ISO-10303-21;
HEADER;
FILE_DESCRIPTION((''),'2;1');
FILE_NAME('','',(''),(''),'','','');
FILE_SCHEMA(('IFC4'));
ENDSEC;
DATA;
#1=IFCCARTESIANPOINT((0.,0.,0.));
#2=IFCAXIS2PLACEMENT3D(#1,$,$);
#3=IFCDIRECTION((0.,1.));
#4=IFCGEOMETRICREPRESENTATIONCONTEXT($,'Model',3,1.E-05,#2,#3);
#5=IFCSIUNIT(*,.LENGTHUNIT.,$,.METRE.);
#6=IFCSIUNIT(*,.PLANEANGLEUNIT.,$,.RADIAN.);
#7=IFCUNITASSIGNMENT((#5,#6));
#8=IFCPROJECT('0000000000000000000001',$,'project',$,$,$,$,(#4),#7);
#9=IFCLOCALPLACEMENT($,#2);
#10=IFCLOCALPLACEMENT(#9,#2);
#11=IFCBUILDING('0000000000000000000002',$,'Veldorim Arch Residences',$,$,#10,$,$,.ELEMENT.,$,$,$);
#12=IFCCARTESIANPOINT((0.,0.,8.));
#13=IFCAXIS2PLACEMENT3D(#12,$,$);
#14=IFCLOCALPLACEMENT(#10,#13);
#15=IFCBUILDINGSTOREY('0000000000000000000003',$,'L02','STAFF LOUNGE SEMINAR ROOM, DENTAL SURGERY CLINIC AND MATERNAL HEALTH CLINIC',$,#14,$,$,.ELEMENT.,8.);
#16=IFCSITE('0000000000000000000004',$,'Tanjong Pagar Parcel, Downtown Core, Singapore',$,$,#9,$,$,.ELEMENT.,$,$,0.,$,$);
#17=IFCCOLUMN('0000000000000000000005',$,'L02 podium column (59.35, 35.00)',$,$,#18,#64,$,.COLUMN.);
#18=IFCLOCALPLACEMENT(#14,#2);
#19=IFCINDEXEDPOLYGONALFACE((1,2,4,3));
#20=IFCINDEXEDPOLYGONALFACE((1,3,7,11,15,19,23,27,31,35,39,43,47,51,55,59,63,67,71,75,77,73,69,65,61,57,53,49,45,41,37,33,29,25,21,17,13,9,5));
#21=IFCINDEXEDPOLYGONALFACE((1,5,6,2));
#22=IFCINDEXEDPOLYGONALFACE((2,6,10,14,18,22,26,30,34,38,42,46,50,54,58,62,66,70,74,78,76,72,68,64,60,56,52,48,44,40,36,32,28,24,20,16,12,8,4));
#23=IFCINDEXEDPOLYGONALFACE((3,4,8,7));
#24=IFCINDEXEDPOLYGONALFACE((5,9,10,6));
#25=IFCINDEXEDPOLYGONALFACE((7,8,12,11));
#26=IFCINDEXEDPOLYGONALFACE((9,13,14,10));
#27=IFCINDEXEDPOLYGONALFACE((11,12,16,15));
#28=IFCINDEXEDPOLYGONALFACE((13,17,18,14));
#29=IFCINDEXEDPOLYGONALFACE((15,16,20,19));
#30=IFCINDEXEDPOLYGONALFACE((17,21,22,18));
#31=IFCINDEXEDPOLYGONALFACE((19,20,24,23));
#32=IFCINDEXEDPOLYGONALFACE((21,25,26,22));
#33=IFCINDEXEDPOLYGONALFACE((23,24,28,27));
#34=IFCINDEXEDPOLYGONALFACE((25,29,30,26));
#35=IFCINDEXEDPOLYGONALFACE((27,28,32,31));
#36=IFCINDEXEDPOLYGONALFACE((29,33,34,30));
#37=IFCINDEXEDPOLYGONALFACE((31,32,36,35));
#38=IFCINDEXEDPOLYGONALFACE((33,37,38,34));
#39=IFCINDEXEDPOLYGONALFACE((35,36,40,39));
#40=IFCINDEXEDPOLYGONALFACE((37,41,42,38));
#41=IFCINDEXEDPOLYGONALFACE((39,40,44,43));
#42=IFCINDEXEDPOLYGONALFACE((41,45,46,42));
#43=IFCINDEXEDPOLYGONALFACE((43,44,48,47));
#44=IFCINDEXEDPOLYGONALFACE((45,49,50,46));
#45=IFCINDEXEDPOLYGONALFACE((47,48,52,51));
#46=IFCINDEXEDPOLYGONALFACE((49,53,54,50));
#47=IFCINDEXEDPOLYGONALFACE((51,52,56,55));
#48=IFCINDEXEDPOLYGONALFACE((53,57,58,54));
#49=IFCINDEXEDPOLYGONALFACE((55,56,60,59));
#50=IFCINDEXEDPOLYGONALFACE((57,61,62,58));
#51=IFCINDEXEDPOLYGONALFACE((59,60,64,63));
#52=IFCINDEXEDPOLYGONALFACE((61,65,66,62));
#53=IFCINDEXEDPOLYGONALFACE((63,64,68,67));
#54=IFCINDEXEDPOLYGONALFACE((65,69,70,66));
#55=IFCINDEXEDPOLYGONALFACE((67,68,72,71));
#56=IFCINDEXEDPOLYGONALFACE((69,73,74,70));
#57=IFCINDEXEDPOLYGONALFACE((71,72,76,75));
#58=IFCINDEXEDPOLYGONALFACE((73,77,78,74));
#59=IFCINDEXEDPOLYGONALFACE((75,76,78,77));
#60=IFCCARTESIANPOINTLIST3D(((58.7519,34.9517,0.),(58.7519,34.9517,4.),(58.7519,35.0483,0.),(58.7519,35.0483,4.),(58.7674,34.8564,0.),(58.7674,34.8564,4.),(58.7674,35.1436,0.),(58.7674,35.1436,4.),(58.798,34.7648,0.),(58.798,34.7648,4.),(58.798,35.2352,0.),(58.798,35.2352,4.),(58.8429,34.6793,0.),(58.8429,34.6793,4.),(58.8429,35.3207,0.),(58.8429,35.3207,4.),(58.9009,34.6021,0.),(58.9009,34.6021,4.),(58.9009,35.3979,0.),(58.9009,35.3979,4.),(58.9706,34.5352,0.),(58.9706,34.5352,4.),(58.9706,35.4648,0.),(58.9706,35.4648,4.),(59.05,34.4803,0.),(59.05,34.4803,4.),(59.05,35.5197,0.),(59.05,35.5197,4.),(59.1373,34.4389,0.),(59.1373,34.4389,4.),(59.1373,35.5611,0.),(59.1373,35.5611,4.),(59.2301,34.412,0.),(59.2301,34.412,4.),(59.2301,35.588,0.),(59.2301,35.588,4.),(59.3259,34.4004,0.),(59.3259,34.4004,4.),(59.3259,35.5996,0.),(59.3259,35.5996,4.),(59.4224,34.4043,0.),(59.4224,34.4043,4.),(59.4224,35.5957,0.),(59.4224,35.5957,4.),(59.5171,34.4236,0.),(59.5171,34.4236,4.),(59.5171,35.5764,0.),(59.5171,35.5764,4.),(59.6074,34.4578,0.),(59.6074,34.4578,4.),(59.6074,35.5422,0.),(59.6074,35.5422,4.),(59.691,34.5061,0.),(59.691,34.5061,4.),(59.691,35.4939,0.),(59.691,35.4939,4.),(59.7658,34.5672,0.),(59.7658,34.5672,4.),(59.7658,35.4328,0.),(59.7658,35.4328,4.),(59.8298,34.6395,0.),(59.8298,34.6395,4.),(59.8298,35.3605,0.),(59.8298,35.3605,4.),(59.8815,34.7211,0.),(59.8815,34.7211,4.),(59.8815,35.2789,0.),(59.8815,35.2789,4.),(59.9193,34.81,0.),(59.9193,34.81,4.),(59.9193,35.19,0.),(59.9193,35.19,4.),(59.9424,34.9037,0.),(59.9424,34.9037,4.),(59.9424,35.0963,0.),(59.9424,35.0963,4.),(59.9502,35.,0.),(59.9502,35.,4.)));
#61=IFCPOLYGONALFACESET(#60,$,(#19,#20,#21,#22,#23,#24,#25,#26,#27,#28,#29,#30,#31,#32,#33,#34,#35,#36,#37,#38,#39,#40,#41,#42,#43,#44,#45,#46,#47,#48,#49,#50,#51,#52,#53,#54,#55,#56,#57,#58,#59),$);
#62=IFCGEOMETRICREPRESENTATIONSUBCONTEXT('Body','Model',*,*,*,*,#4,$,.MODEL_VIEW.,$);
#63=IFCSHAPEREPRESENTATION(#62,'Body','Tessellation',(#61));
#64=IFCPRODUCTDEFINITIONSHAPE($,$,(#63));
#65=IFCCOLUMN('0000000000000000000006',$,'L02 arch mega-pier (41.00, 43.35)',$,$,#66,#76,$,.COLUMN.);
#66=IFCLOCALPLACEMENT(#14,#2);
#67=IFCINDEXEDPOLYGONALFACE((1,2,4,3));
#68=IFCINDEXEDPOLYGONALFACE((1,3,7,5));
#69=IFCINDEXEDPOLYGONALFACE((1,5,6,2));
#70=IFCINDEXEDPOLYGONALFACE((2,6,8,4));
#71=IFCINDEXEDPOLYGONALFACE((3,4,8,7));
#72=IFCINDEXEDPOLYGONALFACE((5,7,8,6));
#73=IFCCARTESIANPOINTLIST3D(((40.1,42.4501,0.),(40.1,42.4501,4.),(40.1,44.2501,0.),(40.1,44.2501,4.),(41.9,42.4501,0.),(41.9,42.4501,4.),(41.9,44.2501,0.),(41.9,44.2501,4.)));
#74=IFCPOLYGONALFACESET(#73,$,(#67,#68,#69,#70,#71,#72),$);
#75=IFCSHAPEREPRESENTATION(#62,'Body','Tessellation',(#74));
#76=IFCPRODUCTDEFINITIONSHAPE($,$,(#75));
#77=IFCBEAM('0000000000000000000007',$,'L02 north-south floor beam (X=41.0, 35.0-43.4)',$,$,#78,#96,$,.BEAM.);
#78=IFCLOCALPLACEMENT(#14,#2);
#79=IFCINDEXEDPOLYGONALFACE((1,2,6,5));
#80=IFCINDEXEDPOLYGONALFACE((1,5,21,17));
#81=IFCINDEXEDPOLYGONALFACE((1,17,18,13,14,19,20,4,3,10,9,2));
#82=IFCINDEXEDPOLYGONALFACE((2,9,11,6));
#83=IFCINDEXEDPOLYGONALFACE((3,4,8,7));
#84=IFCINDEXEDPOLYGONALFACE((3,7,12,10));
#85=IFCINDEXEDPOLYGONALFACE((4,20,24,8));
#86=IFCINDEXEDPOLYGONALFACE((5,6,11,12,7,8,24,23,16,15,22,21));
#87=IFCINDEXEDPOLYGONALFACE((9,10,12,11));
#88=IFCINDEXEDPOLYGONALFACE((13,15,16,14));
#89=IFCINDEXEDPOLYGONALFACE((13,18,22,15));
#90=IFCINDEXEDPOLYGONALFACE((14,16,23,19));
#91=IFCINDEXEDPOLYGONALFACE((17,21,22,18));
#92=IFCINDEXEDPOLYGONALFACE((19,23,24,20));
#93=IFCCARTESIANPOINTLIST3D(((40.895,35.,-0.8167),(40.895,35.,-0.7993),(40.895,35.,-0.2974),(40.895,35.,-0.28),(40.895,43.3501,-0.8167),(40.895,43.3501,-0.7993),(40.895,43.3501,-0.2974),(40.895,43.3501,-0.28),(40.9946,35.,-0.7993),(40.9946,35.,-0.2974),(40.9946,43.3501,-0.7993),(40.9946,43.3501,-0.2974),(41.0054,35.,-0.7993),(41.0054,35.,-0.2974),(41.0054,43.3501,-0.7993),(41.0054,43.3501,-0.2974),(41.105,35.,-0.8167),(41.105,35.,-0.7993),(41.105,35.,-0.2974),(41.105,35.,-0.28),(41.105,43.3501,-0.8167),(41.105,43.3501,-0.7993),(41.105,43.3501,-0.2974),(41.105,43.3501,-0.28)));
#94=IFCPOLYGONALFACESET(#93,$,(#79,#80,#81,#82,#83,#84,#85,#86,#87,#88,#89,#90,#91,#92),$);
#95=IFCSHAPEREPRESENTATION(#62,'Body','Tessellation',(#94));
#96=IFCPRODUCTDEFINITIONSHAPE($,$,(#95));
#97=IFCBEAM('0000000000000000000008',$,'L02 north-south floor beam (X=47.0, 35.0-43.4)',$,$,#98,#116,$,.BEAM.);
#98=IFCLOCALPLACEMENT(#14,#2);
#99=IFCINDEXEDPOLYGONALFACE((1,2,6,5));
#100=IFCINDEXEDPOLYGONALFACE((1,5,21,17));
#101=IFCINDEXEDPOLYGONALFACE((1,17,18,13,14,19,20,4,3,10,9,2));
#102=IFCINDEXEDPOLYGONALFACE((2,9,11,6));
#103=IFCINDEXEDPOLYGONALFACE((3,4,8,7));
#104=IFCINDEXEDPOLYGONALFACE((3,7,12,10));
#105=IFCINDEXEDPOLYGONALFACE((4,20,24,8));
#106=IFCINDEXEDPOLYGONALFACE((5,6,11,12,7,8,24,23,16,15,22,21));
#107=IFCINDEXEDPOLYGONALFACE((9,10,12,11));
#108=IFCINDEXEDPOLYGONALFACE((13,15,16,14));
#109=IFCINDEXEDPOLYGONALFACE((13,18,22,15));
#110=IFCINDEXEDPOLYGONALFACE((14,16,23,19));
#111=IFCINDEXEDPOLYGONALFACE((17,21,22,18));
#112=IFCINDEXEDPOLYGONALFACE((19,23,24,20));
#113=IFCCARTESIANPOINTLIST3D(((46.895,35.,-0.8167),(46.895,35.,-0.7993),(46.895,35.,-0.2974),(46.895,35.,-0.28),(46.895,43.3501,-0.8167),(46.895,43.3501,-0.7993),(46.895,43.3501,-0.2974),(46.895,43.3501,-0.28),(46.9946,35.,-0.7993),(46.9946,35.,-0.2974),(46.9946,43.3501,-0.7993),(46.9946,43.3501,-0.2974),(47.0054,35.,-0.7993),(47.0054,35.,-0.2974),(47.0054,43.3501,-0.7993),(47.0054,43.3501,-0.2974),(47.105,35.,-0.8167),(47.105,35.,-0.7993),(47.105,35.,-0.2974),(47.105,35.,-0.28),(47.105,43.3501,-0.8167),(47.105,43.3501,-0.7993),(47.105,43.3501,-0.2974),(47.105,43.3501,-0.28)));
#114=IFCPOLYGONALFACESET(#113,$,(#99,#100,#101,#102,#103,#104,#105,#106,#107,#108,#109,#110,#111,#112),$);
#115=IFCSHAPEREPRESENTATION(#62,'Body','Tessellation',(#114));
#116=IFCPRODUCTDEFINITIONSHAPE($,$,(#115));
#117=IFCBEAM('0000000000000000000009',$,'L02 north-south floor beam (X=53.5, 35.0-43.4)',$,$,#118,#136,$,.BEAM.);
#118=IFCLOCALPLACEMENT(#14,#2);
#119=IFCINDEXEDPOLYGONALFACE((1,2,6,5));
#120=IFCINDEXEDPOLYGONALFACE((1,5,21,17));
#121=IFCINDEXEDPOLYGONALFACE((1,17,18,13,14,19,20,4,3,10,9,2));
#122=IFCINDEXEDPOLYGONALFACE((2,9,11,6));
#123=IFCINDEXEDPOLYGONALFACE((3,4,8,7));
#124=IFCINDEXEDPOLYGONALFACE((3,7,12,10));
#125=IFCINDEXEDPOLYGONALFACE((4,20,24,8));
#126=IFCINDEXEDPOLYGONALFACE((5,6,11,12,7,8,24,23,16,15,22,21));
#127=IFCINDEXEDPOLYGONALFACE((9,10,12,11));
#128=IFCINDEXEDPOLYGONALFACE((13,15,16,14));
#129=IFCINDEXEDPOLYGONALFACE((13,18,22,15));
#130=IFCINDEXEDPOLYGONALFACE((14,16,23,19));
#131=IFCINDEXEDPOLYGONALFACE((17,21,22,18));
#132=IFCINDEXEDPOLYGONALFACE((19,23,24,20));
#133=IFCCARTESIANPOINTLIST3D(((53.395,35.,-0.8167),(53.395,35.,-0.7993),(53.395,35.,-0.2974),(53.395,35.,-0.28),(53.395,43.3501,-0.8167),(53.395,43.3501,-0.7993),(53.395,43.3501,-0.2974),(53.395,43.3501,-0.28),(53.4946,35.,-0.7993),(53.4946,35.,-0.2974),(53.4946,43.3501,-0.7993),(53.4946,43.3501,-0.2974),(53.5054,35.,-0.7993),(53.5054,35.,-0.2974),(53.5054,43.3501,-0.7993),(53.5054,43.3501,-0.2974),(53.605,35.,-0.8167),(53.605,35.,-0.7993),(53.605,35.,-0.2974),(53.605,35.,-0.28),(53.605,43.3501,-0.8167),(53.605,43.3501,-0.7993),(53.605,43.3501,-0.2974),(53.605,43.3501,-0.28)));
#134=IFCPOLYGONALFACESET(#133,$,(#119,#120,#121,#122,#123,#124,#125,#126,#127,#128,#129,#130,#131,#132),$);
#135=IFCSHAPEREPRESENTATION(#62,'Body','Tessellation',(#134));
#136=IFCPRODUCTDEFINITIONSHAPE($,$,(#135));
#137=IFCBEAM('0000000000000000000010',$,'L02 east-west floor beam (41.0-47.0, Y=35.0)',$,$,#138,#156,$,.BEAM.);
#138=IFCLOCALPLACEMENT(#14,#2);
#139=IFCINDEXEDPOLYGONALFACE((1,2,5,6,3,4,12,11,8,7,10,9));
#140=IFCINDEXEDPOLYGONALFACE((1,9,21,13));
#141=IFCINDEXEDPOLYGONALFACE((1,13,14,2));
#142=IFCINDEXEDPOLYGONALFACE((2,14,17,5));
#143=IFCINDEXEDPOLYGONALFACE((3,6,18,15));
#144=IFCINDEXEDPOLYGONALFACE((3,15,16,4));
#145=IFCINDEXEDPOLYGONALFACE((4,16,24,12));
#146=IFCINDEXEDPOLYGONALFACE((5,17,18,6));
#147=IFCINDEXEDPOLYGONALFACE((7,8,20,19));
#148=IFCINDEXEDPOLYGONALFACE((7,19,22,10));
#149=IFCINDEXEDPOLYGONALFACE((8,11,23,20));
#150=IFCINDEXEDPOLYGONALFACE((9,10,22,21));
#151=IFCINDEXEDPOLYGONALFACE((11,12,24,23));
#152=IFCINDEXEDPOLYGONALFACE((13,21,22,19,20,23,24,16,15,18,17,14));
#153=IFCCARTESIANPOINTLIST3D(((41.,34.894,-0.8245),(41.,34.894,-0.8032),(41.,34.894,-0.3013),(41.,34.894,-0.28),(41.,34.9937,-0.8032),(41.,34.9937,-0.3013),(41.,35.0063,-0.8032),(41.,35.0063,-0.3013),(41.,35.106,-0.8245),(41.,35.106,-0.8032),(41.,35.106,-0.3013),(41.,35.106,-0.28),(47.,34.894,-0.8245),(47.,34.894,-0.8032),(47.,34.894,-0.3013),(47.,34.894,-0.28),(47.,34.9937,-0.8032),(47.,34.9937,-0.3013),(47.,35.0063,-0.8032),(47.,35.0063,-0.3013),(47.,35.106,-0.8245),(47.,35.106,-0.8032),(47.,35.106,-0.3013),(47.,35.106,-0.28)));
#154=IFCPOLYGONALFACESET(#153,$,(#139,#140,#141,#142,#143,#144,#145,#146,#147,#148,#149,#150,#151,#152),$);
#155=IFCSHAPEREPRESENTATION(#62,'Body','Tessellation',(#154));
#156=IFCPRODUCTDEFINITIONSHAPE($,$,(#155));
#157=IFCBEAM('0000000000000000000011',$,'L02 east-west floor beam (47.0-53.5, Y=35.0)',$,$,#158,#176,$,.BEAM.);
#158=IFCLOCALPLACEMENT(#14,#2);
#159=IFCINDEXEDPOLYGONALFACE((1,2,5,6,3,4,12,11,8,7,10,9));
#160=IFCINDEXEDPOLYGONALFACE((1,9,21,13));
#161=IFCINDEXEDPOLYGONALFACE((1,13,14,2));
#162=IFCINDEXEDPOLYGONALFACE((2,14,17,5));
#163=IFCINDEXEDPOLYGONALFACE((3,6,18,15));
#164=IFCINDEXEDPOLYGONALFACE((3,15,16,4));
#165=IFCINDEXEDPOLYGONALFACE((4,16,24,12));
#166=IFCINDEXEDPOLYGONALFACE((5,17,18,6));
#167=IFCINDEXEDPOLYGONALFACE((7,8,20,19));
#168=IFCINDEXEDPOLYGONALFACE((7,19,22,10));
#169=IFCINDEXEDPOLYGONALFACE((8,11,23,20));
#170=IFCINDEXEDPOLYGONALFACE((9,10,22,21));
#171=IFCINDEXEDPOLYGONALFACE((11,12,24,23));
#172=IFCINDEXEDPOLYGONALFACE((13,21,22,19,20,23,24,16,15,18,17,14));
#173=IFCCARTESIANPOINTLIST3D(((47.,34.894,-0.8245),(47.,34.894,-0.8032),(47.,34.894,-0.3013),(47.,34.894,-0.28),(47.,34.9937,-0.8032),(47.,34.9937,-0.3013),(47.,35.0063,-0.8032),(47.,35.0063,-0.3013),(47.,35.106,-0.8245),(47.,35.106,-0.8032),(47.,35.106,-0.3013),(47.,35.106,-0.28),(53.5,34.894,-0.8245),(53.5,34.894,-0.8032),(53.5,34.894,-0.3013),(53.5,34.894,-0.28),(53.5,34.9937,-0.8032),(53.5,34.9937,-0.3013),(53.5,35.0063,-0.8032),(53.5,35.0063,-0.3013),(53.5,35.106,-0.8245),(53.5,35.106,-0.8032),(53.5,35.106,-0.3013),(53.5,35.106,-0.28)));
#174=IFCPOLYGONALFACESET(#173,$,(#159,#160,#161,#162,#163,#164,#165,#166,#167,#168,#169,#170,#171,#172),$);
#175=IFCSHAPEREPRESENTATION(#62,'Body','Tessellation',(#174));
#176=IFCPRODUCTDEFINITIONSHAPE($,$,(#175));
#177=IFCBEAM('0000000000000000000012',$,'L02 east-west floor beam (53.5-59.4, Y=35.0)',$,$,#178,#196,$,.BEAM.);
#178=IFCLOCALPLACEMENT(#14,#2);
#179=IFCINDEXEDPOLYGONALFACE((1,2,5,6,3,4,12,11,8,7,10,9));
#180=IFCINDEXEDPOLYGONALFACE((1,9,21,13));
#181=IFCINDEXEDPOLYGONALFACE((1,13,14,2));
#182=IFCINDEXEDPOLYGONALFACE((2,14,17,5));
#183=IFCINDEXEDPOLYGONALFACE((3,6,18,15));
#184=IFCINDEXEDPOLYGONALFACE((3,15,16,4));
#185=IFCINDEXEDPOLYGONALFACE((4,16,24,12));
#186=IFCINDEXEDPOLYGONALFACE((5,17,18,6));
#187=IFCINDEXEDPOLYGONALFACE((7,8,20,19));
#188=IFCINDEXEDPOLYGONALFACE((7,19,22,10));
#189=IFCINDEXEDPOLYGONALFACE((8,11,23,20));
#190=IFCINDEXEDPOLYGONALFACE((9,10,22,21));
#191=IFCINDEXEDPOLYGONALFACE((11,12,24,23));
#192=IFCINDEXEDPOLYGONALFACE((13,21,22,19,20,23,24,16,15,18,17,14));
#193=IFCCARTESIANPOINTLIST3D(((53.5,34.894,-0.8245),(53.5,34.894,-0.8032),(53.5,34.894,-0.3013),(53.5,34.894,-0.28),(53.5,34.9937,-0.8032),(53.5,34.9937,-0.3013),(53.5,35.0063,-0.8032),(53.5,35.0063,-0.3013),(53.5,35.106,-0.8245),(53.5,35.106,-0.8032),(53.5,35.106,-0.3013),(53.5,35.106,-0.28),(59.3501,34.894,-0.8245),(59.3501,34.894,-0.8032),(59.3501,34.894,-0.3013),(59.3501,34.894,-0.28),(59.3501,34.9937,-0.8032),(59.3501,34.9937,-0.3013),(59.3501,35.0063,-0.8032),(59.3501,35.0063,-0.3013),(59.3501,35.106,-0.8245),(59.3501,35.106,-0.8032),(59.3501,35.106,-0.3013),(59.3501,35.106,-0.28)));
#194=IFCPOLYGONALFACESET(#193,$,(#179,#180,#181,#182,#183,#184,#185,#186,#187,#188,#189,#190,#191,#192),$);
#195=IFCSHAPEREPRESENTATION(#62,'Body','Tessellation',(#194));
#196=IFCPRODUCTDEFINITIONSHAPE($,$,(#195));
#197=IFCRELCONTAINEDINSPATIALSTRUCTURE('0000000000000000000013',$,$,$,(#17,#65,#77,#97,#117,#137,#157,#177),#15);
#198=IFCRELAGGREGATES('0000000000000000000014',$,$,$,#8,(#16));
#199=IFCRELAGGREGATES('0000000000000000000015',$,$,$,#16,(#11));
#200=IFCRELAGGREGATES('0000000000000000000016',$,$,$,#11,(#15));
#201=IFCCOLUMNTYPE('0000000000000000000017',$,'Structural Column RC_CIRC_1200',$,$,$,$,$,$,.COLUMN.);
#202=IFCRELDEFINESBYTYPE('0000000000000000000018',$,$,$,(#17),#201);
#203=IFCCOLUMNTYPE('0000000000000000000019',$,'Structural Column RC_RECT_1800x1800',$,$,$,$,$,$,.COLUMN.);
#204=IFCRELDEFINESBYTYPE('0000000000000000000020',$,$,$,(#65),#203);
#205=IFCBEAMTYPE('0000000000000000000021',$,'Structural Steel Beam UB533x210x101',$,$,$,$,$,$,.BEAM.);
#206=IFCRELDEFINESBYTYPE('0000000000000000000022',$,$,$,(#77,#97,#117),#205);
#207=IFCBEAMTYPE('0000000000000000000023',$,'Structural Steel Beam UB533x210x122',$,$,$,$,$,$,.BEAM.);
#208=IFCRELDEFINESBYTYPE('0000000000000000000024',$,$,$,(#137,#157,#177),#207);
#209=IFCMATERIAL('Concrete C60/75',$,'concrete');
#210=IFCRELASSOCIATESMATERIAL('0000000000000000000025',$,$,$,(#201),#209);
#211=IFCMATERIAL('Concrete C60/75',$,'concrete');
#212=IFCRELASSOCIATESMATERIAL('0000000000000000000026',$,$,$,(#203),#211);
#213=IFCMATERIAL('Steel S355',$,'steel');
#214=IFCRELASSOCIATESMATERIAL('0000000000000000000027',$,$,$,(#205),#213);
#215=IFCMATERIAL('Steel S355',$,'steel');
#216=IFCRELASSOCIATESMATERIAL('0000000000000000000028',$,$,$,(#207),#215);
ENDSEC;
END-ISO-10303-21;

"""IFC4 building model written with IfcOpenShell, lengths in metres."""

from ifc_helpers import new_model, si_unit, direction, frame, origin, origin_2d, place, context, subcontext, project, spatial, rectangle, circle, i_section, extrude, material, material_profile, profile_set, type_object, element, save


model = new_model("IFC4")

# Units and contexts
model_context = context("Model", 3, precision=1e-05, world=origin(), true_north=direction((0.0, 1.0)))
body_context = subcontext(model_context, "Body", "Model", "MODEL_VIEW")
ifc_project = project(units=[si_unit("LENGTHUNIT", "METRE"), si_unit("PLANEANGLEUNIT", "RADIAN")], contexts=[model_context])

# Site, building, storey
site_placement = place(None, origin())
site = spatial("IfcSite", under=ifc_project, at=site_placement, Name="Tanjong Pagar Parcel, Downtown Core, Singapore", CompositionType="ELEMENT", RefElevation=0.0)
building_placement = place(site_placement, origin())
building = spatial("IfcBuilding", under=site, at=building_placement, Name="Veldorim Arch Residences", CompositionType="ELEMENT")
storey_placement = place(building_placement, frame((0.0, 0.0, 8.0)))
storey = spatial("IfcBuildingStorey", under=building, at=storey_placement, Name="L02", Description="STAFF LOUNGE SEMINAR ROOM, DENTAL SURGERY CLINIC AND MATERNAL HEALTH CLINIC", CompositionType="ELEMENT", Elevation=8.0)

# Columns
ifc_material_1 = material(Name="Concrete C60/75", Category="concrete")
ifc_material_profile_1 = material_profile(ifc_material_1, circle(Radius=0.6001, at=origin_2d()), Name="RC_CIRC_1200")
ifc_profile_set_1 = profile_set([ifc_material_profile_1], Name="Concrete C60/75")
column_type_1 = type_object("IfcColumnType", Name="Structural Column RC_CIRC_1200", PredefinedType="COLUMN", material=ifc_profile_set_1)
for number, where, z_axis, x_axis, name in (
    (1, (59.3501, 35.0, 0.0), (0.0, 0.0, 1.0), (1.0, 0.0, 0.0), "L02 podium column (59.35, 35.00)"),
):
    element("IfcColumn", number, at=place(storey_placement, frame(where, z_axis=z_axis, x_axis=x_axis)), inside=storey, type_object=column_type_1, Name=name, PredefinedType="COLUMN", context=body_context, shape_type="SweptSolid", body=[
        extrude(circle(Radius=0.6001, at=origin_2d()), origin(), (0.0, 0.0, 1.0), 4.0),
    ])
ifc_material_2 = material(Name="Concrete C60/75", Category="concrete")
ifc_material_profile_2 = material_profile(ifc_material_2, rectangle(XDim=1.8, YDim=1.8, at=origin_2d()), Name="RC_RECT_1800x1800")
ifc_profile_set_2 = profile_set([ifc_material_profile_2], Name="Concrete C60/75")
column_type_2 = type_object("IfcColumnType", Name="Structural Column RC_RECT_1800x1800", PredefinedType="COLUMN", material=ifc_profile_set_2)
column_placement = place(storey_placement, frame((41.0, 43.3501, 0.0), z_axis=(0.0, 0.0, 1.0), x_axis=(1.0, 0.0, 0.0)))
element("IfcColumn", 2, at=column_placement, inside=storey, type_object=column_type_2, Name="L02 arch mega-pier (41.00, 43.35)", PredefinedType="COLUMN", context=body_context, shape_type="SweptSolid", body=[
    extrude(rectangle(XDim=1.8, YDim=1.8, at=origin_2d()), origin(), (0.0, 0.0, 1.0), 4.0),
])

# Beams
ifc_material_3 = material(Name="Steel S355", Category="steel")
ifc_material_profile_3 = material_profile(ifc_material_3, i_section(OverallWidth=0.21, OverallDepth=0.5366, WebThickness=0.0107, FlangeThickness=0.0173, at=origin_2d()), Name="UB533x210x101")
ifc_profile_set_3 = profile_set([ifc_material_profile_3], Name="Steel S355")
beam_type_1 = type_object("IfcBeamType", Name="Structural Steel Beam UB533x210x101", PredefinedType="BEAM", material=ifc_profile_set_3)
for number, where, z_axis, x_axis, name in (
    (3, (41.0, 35.0, -0.5483), (0.0, 1.0, 0.0), (-1.0, 0.0, 0.0), "L02 north-south floor beam (X=41.0, 35.0-43.4)"),
    (4, (47.0, 35.0, -0.5483), (0.0, 1.0, 0.0), (-1.0, 0.0, 0.0), "L02 north-south floor beam (X=47.0, 35.0-43.4)"),
    (5, (53.5, 35.0, -0.5483), (0.0, 1.0, 0.0), (-1.0, 0.0, 0.0), "L02 north-south floor beam (X=53.5, 35.0-43.4)"),
):
    element("IfcBeam", number, at=place(storey_placement, frame(where, z_axis=z_axis, x_axis=x_axis)), inside=storey, type_object=beam_type_1, Name=name, PredefinedType="BEAM", context=body_context, shape_type="SweptSolid", body=[
        extrude(i_section(OverallWidth=0.21, OverallDepth=0.5366, WebThickness=0.0107, FlangeThickness=0.0173, at=origin_2d()), origin(), (0.0, 0.0, 1.0), 8.3501),
    ])
ifc_material_4 = material(Name="Steel S355", Category="steel")
ifc_material_profile_4 = material_profile(ifc_material_4, i_section(OverallWidth=0.2119, OverallDepth=0.5444, WebThickness=0.0127, FlangeThickness=0.0212, at=origin_2d()), Name="UB533x210x122")
ifc_profile_set_4 = profile_set([ifc_material_profile_4], Name="Steel S355")
beam_type_2 = type_object("IfcBeamType", Name="Structural Steel Beam UB533x210x122", PredefinedType="BEAM", material=ifc_profile_set_4)
beam_1_placement = place(storey_placement, frame((41.0, 35.0, -0.5522), z_axis=(1.0, 0.0, 0.0), x_axis=(0.0, 1.0, 0.0)))
element("IfcBeam", 6, at=beam_1_placement, inside=storey, type_object=beam_type_2, Name="L02 east-west floor beam (41.0-47.0, Y=35.0)", PredefinedType="BEAM", context=body_context, shape_type="SweptSolid", body=[
    extrude(i_section(OverallWidth=0.2119, OverallDepth=0.5444, WebThickness=0.0127, FlangeThickness=0.0212, at=origin_2d()), origin(), (0.0, 0.0, 1.0), 6.0),
])
beam_2_placement = place(storey_placement, frame((47.0, 35.0, -0.5522), z_axis=(1.0, 0.0, 0.0), x_axis=(0.0, 1.0, 0.0)))
element("IfcBeam", 7, at=beam_2_placement, inside=storey, type_object=beam_type_2, Name="L02 east-west floor beam (47.0-53.5, Y=35.0)", PredefinedType="BEAM", context=body_context, shape_type="SweptSolid", body=[
    extrude(i_section(OverallWidth=0.2119, OverallDepth=0.5444, WebThickness=0.0127, FlangeThickness=0.0212, at=origin_2d()), origin(), (0.0, 0.0, 1.0), 6.5),
])
beam_3_placement = place(storey_placement, frame((53.5, 35.0, -0.5522), z_axis=(1.0, 0.0, 0.0), x_axis=(0.0, 1.0, 0.0)))
element("IfcBeam", 8, at=beam_3_placement, inside=storey, type_object=beam_type_2, Name="L02 east-west floor beam (53.5-59.4, Y=35.0)", PredefinedType="BEAM", context=body_context, shape_type="SweptSolid", body=[
    extrude(i_section(OverallWidth=0.2119, OverallDepth=0.5444, WebThickness=0.0127, FlangeThickness=0.0212, at=origin_2d()), origin(), (0.0, 0.0, 1.0), 5.8501),
])

save(model, "model.ifc")
